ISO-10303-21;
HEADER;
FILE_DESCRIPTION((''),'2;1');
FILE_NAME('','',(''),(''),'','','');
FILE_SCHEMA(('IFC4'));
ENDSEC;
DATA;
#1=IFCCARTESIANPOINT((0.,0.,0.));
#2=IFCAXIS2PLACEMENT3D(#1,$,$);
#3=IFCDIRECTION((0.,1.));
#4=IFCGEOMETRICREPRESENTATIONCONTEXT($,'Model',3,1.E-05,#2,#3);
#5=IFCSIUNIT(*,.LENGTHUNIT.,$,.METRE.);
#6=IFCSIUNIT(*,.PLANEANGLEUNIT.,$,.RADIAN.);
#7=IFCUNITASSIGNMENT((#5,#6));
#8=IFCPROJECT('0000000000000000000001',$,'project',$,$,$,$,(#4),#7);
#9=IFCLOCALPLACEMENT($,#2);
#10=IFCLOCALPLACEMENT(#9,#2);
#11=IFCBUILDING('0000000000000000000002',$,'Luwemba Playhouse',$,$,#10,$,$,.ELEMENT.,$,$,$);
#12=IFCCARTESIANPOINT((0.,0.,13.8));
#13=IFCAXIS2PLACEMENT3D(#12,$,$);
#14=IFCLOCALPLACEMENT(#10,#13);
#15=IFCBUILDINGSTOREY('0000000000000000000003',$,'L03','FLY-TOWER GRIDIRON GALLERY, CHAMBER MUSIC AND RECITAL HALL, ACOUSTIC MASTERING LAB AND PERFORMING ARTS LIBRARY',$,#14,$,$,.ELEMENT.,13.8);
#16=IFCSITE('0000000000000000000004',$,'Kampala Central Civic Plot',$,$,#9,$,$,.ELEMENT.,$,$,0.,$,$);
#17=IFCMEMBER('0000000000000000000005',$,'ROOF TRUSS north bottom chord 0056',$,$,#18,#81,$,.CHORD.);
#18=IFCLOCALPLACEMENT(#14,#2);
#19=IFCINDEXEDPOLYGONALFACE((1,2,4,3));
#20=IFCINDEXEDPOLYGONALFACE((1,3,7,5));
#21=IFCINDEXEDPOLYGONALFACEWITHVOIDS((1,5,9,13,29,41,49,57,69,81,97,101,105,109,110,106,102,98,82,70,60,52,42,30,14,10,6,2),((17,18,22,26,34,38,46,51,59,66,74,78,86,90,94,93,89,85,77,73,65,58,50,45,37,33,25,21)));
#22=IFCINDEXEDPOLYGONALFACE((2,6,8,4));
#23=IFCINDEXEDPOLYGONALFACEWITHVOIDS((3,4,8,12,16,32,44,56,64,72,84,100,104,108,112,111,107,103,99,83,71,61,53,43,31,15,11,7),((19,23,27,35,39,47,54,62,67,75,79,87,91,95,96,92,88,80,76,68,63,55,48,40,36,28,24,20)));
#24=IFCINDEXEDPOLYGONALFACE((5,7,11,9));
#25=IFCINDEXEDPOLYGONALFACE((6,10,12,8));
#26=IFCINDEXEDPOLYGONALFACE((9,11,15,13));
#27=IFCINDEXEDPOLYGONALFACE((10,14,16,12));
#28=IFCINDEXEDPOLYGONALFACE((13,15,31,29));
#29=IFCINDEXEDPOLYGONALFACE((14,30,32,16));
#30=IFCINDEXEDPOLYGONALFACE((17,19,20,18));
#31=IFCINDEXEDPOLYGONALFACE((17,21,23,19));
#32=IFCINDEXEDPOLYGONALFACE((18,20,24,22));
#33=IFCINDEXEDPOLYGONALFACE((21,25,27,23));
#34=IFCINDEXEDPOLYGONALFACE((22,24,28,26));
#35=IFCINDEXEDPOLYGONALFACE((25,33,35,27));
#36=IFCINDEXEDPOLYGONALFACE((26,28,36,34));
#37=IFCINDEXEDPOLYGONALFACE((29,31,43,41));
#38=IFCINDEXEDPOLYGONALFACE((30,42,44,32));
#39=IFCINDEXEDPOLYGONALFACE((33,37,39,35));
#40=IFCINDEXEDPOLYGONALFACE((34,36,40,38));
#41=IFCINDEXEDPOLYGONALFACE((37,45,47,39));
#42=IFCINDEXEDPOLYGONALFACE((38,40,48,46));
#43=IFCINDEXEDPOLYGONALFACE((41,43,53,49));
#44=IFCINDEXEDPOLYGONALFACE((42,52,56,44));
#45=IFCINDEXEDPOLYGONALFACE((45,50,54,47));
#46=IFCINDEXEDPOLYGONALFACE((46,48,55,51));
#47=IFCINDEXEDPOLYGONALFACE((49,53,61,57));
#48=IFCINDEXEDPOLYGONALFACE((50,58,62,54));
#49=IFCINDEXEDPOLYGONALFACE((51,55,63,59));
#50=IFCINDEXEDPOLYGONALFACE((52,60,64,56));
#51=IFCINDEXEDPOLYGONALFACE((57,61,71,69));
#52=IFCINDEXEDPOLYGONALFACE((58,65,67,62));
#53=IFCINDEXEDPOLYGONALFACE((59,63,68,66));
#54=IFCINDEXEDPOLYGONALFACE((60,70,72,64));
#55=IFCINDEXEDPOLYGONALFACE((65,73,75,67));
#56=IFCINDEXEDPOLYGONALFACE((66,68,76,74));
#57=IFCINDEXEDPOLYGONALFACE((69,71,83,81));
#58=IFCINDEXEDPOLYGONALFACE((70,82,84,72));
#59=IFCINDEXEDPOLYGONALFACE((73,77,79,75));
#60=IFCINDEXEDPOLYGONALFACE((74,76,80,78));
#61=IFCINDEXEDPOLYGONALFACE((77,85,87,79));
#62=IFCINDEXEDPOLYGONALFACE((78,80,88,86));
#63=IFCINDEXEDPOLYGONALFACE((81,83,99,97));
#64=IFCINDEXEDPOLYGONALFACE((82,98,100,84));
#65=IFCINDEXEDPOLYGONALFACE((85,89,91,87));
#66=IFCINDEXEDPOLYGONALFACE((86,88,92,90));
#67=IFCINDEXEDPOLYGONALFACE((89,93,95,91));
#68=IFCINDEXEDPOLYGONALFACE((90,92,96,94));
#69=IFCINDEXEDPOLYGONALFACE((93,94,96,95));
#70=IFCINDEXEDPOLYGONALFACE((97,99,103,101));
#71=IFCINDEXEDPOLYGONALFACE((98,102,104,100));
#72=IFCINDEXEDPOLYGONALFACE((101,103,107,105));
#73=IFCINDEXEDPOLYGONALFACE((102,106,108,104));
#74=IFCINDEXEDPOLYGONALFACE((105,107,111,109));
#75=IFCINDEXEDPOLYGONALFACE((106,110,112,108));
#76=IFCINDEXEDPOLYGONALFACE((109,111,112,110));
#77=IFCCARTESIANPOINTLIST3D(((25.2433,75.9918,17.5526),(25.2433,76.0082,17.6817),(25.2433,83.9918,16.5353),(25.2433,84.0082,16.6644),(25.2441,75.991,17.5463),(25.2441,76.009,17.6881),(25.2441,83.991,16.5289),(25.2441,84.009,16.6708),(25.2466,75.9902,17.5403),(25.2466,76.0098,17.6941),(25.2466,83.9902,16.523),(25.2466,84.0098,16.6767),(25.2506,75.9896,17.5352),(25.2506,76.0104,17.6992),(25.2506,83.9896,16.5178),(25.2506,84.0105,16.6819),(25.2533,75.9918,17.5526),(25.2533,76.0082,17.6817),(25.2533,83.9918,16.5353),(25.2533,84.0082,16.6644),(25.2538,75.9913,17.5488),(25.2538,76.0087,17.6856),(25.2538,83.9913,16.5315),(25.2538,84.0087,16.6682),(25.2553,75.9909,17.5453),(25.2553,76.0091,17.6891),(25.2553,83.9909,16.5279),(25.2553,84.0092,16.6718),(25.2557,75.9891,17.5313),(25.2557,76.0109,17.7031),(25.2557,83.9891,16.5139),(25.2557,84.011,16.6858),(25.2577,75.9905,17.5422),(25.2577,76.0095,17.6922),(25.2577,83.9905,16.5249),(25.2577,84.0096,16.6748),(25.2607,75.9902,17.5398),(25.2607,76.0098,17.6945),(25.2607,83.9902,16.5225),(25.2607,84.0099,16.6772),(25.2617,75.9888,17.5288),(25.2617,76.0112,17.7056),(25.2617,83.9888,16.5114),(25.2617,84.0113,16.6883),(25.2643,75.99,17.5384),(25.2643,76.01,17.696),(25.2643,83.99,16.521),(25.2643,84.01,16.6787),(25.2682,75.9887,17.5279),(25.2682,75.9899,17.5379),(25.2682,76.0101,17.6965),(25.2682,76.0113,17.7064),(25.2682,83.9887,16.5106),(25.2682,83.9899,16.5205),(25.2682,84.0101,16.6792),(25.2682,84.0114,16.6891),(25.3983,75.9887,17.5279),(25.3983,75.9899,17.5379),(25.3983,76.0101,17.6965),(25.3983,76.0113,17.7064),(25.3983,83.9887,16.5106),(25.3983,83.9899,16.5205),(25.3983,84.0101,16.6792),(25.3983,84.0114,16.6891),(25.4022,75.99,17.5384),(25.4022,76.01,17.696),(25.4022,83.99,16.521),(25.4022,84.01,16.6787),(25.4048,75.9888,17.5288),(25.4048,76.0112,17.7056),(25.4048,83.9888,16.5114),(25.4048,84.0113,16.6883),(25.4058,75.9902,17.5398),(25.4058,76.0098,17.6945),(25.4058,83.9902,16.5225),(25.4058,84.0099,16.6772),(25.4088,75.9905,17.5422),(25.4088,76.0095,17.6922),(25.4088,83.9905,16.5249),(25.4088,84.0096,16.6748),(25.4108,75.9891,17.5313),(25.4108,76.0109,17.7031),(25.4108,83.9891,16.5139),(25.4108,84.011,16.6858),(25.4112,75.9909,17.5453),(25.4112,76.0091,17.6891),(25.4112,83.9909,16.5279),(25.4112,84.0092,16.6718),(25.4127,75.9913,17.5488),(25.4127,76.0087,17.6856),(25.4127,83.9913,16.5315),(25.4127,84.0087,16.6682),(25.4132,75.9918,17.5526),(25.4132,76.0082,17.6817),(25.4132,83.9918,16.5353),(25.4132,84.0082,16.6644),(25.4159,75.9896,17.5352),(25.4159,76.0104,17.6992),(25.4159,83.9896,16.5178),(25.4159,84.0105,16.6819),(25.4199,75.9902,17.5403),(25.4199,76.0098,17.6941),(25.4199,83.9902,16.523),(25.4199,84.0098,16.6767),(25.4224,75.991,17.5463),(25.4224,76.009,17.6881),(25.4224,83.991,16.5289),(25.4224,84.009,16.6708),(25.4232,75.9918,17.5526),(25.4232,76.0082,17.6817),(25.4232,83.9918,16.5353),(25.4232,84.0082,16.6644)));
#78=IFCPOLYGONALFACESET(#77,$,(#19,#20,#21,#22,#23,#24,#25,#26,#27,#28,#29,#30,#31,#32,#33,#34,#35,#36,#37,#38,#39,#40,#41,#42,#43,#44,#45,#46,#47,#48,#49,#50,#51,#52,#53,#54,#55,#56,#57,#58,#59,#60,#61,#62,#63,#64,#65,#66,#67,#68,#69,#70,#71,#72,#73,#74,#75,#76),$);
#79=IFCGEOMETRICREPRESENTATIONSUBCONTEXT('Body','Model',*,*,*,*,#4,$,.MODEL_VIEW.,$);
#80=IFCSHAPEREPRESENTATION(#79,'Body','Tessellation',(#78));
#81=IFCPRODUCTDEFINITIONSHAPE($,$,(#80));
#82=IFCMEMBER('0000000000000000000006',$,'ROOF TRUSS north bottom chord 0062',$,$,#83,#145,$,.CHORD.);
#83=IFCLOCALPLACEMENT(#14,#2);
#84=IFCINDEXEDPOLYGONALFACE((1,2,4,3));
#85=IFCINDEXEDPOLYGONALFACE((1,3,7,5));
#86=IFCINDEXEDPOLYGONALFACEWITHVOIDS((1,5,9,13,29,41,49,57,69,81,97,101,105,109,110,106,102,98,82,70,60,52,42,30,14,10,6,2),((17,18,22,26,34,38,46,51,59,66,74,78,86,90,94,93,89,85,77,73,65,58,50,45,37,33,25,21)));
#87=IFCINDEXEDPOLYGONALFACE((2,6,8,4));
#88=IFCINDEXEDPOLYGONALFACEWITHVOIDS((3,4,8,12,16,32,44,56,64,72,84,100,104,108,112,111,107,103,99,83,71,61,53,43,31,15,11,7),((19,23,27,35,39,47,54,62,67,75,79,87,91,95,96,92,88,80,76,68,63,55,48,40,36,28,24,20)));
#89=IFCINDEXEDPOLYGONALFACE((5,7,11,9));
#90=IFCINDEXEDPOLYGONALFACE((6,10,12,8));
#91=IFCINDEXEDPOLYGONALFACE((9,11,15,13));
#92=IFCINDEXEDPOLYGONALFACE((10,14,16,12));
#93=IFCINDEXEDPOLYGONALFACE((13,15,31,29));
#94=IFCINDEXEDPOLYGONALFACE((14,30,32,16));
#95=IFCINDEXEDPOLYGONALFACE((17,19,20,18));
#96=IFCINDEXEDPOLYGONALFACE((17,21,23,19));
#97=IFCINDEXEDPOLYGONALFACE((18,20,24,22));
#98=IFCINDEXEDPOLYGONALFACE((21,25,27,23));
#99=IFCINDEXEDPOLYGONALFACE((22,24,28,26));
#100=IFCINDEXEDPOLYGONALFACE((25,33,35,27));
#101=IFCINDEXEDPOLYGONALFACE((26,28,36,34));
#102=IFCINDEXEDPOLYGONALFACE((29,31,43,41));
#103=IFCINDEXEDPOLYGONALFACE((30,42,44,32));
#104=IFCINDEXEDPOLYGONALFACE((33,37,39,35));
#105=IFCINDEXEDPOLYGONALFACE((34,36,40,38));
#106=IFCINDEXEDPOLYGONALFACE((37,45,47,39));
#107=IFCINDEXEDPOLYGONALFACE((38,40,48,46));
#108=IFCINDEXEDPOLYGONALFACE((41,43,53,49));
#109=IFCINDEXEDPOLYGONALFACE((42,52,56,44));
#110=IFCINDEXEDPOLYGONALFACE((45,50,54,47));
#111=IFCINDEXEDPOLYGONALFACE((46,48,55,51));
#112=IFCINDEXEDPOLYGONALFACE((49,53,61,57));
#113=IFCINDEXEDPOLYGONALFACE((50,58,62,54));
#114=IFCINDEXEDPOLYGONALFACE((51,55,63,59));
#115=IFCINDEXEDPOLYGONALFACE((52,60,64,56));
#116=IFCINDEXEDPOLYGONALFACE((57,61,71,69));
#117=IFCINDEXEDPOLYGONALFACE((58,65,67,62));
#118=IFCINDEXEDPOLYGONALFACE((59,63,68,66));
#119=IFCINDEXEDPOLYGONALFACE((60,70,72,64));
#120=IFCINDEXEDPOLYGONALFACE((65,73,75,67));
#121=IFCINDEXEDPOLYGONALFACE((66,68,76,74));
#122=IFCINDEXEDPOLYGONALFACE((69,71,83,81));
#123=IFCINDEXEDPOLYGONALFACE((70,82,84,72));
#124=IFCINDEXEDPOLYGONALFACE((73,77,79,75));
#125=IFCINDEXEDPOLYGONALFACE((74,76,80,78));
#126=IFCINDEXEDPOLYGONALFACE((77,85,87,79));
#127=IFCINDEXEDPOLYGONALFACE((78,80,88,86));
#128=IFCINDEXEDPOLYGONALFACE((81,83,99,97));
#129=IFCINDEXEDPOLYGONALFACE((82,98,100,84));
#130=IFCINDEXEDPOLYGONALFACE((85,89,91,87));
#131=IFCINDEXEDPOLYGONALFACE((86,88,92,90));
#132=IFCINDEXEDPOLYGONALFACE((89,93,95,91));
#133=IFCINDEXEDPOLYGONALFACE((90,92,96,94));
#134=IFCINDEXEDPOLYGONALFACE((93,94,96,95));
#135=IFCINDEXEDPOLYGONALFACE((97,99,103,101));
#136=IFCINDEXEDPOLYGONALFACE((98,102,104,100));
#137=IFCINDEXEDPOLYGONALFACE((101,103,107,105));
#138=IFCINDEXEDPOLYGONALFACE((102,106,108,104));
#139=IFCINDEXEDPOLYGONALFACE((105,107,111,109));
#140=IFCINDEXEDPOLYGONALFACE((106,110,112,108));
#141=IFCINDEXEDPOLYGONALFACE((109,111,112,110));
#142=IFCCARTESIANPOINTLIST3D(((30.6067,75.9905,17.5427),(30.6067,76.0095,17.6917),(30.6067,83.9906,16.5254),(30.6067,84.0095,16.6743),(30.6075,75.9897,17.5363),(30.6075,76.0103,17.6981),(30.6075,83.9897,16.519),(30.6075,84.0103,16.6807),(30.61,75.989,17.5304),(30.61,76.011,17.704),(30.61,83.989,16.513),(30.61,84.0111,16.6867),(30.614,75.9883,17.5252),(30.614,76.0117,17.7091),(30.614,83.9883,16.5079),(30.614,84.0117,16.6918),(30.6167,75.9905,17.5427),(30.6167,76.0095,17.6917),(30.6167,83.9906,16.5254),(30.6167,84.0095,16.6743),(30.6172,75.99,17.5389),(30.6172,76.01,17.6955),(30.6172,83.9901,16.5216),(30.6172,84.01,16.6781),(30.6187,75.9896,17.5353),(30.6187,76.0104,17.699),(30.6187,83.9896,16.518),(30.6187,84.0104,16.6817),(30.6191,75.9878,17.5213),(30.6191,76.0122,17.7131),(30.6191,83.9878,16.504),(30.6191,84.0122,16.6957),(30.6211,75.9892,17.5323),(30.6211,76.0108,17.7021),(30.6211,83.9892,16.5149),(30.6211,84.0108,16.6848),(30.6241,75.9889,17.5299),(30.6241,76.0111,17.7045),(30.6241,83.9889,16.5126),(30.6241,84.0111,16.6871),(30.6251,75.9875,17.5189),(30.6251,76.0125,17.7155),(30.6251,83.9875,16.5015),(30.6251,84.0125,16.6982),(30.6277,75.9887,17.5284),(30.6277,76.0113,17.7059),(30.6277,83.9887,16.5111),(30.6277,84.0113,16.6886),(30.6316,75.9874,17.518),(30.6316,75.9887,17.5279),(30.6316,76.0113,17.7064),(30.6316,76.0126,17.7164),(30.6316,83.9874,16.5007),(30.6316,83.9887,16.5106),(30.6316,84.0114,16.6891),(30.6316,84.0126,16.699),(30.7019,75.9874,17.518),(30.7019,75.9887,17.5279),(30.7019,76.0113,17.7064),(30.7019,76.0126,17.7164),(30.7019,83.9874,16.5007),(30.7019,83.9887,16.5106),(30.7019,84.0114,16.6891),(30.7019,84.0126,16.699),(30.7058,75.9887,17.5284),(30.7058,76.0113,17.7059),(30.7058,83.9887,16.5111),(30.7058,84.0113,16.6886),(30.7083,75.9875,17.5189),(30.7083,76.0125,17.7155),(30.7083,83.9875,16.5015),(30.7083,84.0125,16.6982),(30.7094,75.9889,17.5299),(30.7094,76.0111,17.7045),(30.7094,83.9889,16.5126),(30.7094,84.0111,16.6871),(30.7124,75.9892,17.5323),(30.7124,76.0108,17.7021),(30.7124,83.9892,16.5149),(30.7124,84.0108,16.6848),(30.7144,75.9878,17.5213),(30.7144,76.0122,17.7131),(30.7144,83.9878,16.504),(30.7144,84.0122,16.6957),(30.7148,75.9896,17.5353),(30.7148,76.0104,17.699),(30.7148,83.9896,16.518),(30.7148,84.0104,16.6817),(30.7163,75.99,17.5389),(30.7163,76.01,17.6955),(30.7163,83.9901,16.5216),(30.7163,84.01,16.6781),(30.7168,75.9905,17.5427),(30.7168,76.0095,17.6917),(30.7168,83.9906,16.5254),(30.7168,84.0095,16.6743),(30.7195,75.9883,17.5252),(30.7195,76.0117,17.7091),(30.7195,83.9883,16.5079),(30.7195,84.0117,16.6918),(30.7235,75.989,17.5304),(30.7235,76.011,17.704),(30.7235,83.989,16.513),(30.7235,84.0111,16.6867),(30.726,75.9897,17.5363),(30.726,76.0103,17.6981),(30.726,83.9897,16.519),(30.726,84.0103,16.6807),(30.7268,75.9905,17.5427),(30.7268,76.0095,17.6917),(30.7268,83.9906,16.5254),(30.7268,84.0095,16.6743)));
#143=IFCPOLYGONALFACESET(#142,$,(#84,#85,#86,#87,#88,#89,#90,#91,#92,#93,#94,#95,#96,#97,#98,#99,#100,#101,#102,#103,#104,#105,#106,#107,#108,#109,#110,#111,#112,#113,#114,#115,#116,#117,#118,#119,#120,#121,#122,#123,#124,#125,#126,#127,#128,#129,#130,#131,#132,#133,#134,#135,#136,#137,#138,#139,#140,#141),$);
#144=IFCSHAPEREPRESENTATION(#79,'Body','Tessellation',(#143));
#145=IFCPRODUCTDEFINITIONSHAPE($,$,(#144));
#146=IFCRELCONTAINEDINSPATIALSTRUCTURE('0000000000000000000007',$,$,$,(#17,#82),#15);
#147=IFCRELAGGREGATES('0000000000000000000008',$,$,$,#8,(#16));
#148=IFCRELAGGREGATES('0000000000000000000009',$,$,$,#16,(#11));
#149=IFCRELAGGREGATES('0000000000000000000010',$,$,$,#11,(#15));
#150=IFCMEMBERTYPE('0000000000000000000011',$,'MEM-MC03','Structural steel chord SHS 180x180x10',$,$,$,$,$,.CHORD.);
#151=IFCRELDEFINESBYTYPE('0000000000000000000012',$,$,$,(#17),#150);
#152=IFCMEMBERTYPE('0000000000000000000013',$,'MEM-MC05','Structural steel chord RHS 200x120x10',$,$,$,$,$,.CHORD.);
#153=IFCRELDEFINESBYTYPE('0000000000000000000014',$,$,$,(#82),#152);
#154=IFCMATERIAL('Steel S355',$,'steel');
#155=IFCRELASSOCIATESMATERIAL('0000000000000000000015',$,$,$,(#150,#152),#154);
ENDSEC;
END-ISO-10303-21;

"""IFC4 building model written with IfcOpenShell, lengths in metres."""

from ifc_helpers import new_model, si_unit, direction, frame, origin, origin_2d, place, context, subcontext, project, spatial, hollow_rectangle, extrude, material, material_profile, profile_set, type_object, element, save


model = new_model("IFC4")

# Units and contexts
model_context = context("Model", 3, precision=1e-05, world=origin(), true_north=direction((0.0, 1.0)))
body_context = subcontext(model_context, "Body", "Model", "MODEL_VIEW")
ifc_project = project(units=[si_unit("LENGTHUNIT", "METRE"), si_unit("PLANEANGLEUNIT", "RADIAN")], contexts=[model_context])

# Site, building, storey
site_placement = place(None, origin())
site = spatial("IfcSite", under=ifc_project, at=site_placement, Name="Kampala Central Civic Plot", CompositionType="ELEMENT", RefElevation=0.0)
building_placement = place(site_placement, origin())
building = spatial("IfcBuilding", under=site, at=building_placement, Name="Luwemba Playhouse", CompositionType="ELEMENT")
storey_placement = place(building_placement, frame((0.0, 0.0, 13.8)))
storey = spatial("IfcBuildingStorey", under=building, at=storey_placement, Name="L03", Description="FLY-TOWER GRIDIRON GALLERY, CHAMBER MUSIC AND RECITAL HALL, ACOUSTIC MASTERING LAB AND PERFORMING ARTS LIBRARY", CompositionType="ELEMENT", Elevation=13.8)

# Shared definitions
ifc_material_1 = material(Name="Steel S355", Category="steel")

# Members
ifc_material_profile_1 = material_profile(ifc_material_1, hollow_rectangle(XDim=0.1799, YDim=0.1799, WallThickness=0.01, InnerFilletRadius=0.0149, OuterFilletRadius=0.0249, at=origin_2d()))
ifc_profile_set_1 = profile_set([ifc_material_profile_1], Name="Steel S355")
member_type_1 = type_object("IfcMemberType", Name="MEM-MC03", Description="Structural steel chord SHS 180x180x10", PredefinedType="CHORD", material=ifc_profile_set_1)
member_1_placement = place(storey_placement, frame((25.3333, 76.0, 17.6172), z_axis=(0.0, 0.992011, -0.126151), x_axis=(-1.0, 0.0, 0.0)))
element("IfcMember", 1, at=member_1_placement, inside=storey, type_object=member_type_1, Name="ROOF TRUSS north bottom chord 0056", PredefinedType="CHORD", context=body_context, shape_type="SweptSolid", body=[
    extrude(hollow_rectangle(XDim=0.1799, YDim=0.1799, WallThickness=0.01, InnerFilletRadius=0.0149, OuterFilletRadius=0.0249, at=origin_2d()), origin(), (0.0, 0.0, 1.0), 8.0645),
])
ifc_material_profile_2 = material_profile(ifc_material_1, hollow_rectangle(XDim=0.1201, YDim=0.2, WallThickness=0.01, InnerFilletRadius=0.0149, OuterFilletRadius=0.0249, at=origin_2d()))
ifc_profile_set_2 = profile_set([ifc_material_profile_2], Name="Steel S355")
member_type_2 = type_object("IfcMemberType", Name="MEM-MC05", Description="Structural steel chord RHS 200x120x10", PredefinedType="CHORD", material=ifc_profile_set_2)
member_2_placement = place(storey_placement, frame((30.6667, 76.0, 17.6172), z_axis=(0.0, 0.992011, -0.126151), x_axis=(-1.0, 0.0, 0.0)))
element("IfcMember", 2, at=member_2_placement, inside=storey, type_object=member_type_2, Name="ROOF TRUSS north bottom chord 0062", PredefinedType="CHORD", context=body_context, shape_type="SweptSolid", body=[
    extrude(hollow_rectangle(XDim=0.1201, YDim=0.2, WallThickness=0.01, InnerFilletRadius=0.0149, OuterFilletRadius=0.0249, at=origin_2d()), origin(), (0.0, 0.0, 1.0), 8.0645),
])

save(model, "model.ifc")
